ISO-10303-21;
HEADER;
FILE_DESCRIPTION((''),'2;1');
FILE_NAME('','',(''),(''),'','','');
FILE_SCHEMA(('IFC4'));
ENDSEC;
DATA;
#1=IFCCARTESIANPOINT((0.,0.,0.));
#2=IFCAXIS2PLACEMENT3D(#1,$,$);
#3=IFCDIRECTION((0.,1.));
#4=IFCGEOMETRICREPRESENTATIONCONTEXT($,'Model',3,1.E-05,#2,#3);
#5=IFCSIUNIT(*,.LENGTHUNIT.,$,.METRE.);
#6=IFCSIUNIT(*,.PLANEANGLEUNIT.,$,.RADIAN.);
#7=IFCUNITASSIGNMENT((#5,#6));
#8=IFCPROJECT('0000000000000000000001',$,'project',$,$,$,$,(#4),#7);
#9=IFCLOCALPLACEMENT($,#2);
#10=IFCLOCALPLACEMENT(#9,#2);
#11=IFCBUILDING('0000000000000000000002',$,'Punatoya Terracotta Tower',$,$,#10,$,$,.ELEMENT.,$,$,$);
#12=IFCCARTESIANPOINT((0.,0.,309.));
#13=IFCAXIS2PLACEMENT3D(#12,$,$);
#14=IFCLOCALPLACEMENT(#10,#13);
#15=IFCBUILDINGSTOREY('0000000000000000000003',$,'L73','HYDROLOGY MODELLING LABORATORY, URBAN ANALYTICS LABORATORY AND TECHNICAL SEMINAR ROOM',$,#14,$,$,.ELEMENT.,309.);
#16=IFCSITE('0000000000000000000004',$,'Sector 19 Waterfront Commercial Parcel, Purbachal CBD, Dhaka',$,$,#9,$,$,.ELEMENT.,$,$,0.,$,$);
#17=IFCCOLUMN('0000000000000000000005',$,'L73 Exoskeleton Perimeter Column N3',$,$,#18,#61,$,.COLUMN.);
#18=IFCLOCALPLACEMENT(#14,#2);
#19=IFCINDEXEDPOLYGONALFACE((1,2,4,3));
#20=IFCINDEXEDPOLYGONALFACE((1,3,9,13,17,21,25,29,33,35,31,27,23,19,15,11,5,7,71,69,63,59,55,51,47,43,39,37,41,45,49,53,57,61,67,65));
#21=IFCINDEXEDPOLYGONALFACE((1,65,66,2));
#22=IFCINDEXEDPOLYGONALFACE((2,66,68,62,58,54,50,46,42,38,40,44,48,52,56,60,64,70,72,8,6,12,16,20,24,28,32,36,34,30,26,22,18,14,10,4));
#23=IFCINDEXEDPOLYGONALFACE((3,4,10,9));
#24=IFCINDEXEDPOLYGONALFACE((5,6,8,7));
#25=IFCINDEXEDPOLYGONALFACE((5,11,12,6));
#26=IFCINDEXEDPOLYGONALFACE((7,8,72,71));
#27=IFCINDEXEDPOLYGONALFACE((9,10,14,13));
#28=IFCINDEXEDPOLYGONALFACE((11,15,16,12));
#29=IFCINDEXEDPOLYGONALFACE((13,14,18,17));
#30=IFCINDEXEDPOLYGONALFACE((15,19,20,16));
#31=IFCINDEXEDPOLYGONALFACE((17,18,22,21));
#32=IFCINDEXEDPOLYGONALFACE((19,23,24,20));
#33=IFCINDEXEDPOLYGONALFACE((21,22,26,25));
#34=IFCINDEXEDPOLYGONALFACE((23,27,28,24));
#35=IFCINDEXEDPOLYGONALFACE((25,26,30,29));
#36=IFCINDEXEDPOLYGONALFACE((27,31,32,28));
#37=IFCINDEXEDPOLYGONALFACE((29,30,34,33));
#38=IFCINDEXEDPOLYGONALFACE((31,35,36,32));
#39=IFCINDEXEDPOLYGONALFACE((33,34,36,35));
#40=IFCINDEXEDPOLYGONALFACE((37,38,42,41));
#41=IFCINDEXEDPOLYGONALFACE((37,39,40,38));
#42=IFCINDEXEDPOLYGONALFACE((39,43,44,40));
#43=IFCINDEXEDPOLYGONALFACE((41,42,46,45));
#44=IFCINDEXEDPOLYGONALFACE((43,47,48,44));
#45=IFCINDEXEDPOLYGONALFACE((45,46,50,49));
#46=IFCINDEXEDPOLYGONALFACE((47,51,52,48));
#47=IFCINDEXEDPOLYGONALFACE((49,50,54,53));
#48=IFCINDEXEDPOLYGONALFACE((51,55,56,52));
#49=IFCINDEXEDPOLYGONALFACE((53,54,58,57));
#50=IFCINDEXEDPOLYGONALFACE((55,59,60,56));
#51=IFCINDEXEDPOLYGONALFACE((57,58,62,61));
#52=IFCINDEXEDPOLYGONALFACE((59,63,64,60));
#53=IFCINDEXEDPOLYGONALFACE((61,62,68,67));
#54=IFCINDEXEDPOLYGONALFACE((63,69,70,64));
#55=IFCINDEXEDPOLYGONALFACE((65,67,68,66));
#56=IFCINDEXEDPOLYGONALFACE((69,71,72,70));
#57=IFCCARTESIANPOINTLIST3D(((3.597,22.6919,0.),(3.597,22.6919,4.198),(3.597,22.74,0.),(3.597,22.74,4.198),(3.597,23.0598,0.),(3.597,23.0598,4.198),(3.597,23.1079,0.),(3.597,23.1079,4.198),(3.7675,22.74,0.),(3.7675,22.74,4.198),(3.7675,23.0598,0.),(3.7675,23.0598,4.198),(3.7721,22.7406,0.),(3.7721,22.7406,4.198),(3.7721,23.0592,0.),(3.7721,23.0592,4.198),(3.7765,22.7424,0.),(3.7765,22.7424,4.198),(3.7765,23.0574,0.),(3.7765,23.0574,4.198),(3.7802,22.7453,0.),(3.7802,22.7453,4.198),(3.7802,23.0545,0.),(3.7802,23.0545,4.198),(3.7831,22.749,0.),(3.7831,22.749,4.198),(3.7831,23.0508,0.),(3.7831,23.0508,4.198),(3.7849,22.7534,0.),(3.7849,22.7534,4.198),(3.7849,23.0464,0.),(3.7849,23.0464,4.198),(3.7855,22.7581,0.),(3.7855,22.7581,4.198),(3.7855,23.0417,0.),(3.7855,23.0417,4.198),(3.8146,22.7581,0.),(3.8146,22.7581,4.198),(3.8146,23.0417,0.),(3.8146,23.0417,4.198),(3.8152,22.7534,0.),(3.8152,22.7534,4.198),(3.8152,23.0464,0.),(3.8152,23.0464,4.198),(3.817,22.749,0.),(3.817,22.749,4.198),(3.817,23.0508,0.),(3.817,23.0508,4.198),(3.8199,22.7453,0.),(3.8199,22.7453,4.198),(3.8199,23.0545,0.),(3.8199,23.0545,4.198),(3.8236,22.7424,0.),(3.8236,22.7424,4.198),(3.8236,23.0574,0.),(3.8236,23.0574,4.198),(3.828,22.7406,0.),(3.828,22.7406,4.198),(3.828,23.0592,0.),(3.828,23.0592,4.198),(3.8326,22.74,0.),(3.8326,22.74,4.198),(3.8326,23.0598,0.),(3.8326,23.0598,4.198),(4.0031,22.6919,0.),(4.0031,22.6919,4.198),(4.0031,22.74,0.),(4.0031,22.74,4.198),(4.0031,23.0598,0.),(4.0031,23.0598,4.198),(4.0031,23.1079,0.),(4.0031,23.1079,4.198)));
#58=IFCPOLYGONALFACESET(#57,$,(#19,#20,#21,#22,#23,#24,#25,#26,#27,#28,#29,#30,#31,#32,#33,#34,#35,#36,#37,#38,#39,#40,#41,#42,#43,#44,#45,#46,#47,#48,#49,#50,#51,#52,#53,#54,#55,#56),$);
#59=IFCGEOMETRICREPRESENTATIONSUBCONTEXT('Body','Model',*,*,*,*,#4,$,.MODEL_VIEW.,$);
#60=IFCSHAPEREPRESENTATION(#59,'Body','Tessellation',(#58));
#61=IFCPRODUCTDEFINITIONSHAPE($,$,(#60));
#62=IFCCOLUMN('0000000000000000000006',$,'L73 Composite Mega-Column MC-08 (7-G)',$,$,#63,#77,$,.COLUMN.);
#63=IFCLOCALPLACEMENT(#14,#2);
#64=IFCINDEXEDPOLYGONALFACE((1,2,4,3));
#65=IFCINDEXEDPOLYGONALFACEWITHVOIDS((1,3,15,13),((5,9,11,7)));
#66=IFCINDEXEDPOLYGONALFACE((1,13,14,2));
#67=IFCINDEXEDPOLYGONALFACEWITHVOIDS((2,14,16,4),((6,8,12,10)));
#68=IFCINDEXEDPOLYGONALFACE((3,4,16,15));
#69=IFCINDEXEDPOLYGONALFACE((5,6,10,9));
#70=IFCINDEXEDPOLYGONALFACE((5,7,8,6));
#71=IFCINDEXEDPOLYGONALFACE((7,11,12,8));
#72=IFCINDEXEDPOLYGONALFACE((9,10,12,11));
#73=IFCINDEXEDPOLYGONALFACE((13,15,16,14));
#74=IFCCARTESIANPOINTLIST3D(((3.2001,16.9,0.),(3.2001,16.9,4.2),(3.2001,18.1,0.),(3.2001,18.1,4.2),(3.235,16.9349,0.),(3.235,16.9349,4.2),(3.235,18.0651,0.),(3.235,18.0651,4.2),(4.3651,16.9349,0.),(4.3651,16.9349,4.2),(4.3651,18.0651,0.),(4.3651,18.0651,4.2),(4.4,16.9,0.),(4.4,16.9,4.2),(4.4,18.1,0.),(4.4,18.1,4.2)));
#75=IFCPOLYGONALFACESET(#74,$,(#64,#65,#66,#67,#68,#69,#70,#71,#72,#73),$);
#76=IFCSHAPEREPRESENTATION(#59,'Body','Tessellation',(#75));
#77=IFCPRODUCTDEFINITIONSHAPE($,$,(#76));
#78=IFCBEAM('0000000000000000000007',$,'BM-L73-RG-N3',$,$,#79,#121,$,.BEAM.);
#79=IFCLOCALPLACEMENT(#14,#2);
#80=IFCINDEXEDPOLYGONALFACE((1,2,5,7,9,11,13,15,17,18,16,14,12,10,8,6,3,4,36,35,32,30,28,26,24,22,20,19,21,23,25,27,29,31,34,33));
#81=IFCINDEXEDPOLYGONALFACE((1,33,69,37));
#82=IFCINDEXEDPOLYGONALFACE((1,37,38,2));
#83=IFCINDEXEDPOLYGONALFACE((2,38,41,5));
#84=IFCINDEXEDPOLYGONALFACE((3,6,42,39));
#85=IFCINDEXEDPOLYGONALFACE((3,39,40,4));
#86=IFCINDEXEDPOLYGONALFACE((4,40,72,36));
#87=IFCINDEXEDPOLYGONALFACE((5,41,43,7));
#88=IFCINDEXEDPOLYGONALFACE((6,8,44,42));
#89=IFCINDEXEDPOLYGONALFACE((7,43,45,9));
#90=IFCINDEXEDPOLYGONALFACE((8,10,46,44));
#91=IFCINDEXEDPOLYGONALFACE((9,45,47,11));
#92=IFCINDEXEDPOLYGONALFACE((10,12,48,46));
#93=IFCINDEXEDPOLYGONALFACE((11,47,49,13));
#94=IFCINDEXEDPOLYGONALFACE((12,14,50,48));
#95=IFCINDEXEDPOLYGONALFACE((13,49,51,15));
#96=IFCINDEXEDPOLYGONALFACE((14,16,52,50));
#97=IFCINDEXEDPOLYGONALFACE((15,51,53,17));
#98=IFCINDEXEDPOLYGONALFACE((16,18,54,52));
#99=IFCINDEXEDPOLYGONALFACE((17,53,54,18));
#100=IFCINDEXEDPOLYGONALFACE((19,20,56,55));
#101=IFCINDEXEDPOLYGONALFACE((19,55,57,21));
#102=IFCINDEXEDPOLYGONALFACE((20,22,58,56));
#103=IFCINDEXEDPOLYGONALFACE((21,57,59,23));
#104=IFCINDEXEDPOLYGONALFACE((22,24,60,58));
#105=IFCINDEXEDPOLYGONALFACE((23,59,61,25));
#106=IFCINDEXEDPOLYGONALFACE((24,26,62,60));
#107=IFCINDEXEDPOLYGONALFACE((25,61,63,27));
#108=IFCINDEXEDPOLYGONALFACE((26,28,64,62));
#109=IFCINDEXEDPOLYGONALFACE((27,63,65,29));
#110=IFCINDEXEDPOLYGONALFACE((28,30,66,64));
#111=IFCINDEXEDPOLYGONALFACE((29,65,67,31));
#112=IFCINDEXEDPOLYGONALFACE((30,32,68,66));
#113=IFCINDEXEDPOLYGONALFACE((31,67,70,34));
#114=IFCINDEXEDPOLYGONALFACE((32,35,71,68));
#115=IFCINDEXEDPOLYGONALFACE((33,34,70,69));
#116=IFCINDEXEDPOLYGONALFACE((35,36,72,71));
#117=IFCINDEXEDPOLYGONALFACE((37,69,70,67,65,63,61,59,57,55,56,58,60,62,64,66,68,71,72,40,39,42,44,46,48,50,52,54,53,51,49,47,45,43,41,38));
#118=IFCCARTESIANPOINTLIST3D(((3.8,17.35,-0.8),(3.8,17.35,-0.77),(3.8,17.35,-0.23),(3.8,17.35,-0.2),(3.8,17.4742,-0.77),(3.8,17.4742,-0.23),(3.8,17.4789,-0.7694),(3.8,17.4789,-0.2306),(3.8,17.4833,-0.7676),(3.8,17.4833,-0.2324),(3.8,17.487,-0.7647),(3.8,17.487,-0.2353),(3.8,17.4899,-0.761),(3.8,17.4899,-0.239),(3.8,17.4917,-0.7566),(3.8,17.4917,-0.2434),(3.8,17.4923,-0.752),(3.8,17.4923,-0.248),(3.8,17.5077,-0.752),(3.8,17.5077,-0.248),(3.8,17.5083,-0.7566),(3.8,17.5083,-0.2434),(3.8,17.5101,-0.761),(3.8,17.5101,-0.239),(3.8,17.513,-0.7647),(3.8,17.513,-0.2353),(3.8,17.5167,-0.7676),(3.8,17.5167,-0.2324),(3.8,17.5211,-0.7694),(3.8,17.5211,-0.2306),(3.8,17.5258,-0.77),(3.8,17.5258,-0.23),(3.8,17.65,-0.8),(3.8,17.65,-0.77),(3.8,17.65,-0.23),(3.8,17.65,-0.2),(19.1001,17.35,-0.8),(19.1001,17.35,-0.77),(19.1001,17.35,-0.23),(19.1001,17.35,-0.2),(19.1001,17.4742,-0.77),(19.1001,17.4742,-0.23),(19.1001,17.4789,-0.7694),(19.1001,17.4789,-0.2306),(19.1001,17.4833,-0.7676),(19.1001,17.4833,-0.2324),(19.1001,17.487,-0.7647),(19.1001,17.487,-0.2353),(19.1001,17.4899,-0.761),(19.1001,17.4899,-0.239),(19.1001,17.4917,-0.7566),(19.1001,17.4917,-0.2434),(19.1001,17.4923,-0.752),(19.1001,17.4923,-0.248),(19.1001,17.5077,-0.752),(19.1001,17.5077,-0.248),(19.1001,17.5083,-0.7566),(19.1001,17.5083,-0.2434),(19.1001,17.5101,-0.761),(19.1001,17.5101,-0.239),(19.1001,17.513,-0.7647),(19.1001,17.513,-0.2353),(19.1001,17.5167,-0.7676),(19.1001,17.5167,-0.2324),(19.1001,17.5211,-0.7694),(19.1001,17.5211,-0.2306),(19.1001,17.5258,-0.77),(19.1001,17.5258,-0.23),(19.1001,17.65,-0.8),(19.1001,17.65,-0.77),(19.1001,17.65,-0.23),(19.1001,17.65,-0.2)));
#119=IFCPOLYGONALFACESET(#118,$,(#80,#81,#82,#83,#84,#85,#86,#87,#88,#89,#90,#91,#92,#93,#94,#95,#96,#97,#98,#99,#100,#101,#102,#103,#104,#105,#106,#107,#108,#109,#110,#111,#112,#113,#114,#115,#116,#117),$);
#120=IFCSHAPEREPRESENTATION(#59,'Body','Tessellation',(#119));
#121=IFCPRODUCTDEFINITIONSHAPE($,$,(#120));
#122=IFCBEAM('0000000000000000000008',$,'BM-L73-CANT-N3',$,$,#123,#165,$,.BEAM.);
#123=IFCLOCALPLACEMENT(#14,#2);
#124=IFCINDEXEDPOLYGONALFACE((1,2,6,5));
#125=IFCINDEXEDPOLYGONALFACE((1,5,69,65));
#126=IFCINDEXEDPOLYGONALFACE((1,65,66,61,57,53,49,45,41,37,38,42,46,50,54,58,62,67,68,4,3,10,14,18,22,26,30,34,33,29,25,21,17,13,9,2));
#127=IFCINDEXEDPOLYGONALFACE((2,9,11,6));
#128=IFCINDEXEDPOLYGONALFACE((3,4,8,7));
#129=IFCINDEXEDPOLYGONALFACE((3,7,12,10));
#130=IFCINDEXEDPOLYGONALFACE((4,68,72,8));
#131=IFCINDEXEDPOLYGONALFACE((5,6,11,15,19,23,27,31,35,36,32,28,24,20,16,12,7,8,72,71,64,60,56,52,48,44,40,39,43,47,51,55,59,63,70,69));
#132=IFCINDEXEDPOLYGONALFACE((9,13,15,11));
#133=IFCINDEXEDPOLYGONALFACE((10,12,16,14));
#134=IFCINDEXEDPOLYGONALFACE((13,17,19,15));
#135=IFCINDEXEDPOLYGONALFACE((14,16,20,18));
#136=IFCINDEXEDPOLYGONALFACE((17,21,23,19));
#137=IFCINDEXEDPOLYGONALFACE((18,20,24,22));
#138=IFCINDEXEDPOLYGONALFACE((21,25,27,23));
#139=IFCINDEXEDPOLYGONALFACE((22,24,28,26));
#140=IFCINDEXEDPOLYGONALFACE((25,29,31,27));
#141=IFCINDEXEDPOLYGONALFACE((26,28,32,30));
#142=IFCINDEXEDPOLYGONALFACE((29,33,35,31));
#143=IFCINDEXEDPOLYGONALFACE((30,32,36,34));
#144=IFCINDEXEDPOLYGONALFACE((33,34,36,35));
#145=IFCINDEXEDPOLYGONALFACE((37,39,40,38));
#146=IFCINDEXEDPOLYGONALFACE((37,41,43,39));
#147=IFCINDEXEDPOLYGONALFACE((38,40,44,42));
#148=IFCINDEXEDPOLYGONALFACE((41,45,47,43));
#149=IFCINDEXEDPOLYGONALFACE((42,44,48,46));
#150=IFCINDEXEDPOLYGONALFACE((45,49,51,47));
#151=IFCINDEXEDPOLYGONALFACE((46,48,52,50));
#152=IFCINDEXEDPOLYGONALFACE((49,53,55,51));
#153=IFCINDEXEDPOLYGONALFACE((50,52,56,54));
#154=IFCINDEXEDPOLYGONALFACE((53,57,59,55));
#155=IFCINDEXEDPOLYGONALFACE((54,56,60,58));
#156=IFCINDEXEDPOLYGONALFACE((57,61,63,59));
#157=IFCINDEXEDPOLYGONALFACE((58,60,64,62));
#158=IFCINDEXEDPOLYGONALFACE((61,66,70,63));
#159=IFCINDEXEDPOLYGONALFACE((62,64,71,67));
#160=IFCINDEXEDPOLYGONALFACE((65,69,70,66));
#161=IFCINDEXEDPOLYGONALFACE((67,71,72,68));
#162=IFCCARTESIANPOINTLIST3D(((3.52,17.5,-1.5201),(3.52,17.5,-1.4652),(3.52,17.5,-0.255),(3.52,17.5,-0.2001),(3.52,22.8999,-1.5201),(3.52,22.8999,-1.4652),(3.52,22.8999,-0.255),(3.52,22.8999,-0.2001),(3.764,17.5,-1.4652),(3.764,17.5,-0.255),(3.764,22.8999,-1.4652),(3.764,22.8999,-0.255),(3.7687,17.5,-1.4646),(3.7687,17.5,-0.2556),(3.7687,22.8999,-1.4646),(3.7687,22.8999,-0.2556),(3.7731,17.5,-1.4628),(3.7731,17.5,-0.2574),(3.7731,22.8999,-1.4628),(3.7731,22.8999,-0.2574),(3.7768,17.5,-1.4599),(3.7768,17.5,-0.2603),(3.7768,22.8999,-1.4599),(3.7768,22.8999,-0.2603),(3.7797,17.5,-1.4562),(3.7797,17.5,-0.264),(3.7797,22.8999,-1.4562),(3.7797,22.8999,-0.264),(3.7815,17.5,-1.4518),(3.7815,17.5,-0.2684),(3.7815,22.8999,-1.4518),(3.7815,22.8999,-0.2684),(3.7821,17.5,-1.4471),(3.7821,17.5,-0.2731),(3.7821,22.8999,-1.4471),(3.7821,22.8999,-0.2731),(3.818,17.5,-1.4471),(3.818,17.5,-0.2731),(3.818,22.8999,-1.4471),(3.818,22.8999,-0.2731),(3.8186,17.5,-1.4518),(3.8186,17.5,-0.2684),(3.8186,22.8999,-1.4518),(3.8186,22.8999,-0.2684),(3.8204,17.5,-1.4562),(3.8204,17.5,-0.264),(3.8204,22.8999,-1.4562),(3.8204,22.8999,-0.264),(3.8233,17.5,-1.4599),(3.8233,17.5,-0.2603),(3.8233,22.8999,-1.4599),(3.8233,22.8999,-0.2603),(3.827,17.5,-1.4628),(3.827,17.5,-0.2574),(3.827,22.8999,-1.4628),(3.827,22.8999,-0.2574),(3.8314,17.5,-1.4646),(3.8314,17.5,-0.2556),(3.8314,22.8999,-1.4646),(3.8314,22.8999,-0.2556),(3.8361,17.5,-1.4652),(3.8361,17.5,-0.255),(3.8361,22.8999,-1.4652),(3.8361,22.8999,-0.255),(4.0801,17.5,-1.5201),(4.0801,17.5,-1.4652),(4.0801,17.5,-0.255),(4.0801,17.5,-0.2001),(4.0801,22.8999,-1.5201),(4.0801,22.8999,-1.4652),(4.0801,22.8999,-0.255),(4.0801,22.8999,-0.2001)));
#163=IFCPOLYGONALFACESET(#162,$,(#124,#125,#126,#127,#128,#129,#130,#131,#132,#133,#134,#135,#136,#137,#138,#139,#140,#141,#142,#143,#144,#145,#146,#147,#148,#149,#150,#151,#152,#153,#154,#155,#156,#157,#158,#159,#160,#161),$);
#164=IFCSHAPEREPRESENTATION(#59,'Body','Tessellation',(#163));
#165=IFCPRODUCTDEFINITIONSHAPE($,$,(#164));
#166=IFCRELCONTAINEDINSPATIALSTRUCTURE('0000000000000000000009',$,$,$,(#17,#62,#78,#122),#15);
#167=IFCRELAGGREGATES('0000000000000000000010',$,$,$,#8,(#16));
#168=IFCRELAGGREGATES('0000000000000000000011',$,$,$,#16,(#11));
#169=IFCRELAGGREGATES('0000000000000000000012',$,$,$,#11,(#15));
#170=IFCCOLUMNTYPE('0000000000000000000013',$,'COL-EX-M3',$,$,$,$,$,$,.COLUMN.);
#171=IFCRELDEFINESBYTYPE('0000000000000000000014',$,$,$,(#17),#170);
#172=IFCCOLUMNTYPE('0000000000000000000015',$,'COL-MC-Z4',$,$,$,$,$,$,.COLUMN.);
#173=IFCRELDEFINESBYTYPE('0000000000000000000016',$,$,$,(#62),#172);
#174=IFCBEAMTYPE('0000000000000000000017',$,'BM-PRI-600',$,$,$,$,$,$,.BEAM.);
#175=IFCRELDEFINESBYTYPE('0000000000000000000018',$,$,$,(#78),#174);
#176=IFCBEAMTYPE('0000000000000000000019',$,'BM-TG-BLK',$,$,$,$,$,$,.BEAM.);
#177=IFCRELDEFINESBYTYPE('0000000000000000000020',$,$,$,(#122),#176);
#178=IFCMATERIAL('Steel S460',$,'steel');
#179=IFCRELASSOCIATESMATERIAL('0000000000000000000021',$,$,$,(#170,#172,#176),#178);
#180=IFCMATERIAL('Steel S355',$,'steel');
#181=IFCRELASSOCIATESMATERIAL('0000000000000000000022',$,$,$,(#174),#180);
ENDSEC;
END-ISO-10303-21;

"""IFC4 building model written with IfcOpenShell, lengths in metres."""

from ifc_helpers import new_model, si_unit, direction, frame, origin, origin_2d, place, context, subcontext, project, spatial, hollow_rectangle, i_section, extrude, material, material_profile, profile_set, type_object, element, save


model = new_model("IFC4")

# Units and contexts
model_context = context("Model", 3, precision=1e-05, world=origin(), true_north=direction((0.0, 1.0)))
body_context = subcontext(model_context, "Body", "Model", "MODEL_VIEW")
ifc_project = project(units=[si_unit("LENGTHUNIT", "METRE"), si_unit("PLANEANGLEUNIT", "RADIAN")], contexts=[model_context])

# Site, building, storey
site_placement = place(None, origin())
site = spatial("IfcSite", under=ifc_project, at=site_placement, Name="Sector 19 Waterfront Commercial Parcel, Purbachal CBD, Dhaka", CompositionType="ELEMENT", RefElevation=0.0)
building_placement = place(site_placement, origin())
building = spatial("IfcBuilding", under=site, at=building_placement, Name="Punatoya Terracotta Tower", CompositionType="ELEMENT")
storey_placement = place(building_placement, frame((0.0, 0.0, 309.0)))
storey = spatial("IfcBuildingStorey", under=building, at=storey_placement, Name="L73", Description="HYDROLOGY MODELLING LABORATORY, URBAN ANALYTICS LABORATORY AND TECHNICAL SEMINAR ROOM", CompositionType="ELEMENT", Elevation=309.0)

# Columns
ifc_material_1 = material(Name="Steel S460", Category="steel")
ifc_material_profile_1 = material_profile(ifc_material_1, i_section(OverallWidth=0.406, OverallDepth=0.416, WebThickness=0.0291, FlangeThickness=0.0481, FilletRadius=0.0181, at=origin_2d()))
ifc_profile_set_1 = profile_set([ifc_material_profile_1], Name="Steel S460")
column_type_1 = type_object("IfcColumnType", Name="COL-EX-M3", PredefinedType="COLUMN", material=ifc_profile_set_1)
column_1_placement = place(storey_placement, frame((3.8, 22.8999, 0.0), z_axis=(0.0, 0.0, 1.0), x_axis=(1.0, 0.0, 0.0)))
element("IfcColumn", 1, at=column_1_placement, inside=storey, type_object=column_type_1, Name="L73 Exoskeleton Perimeter Column N3", PredefinedType="COLUMN", context=body_context, shape_type="SweptSolid", body=[
    extrude(i_section(OverallWidth=0.406, OverallDepth=0.416, WebThickness=0.0291, FlangeThickness=0.0481, FilletRadius=0.0181, at=origin_2d()), origin(), (0.0, 0.0, 1.0), 4.198),
])
ifc_material_profile_2 = material_profile(ifc_material_1, hollow_rectangle(XDim=1.2, YDim=1.2, WallThickness=0.0349, at=origin_2d()))
ifc_profile_set_2 = profile_set([ifc_material_profile_2], Name="Steel S460")
column_type_2 = type_object("IfcColumnType", Name="COL-MC-Z4", PredefinedType="COLUMN", material=ifc_profile_set_2)
column_2_placement = place(storey_placement, frame((3.8, 17.5, 0.0), z_axis=(0.0, 0.0, 1.0), x_axis=(1.0, 0.0, 0.0)))
element("IfcColumn", 2, at=column_2_placement, inside=storey, type_object=column_type_2, Name="L73 Composite Mega-Column MC-08 (7-G)", PredefinedType="COLUMN", context=body_context, shape_type="SweptSolid", body=[
    extrude(hollow_rectangle(XDim=1.2, YDim=1.2, WallThickness=0.0349, at=origin_2d()), origin(), (0.0, 0.0, 1.0), 4.2),
])

# Beams
ifc_material_2 = material(Name="Steel S355", Category="steel")
ifc_material_profile_3 = material_profile(ifc_material_2, i_section(OverallWidth=0.3, OverallDepth=0.6001, WebThickness=0.0154, FlangeThickness=0.03, FilletRadius=0.0181, at=origin_2d()))
ifc_profile_set_3 = profile_set([ifc_material_profile_3], Name="Steel S355")
beam_type_1 = type_object("IfcBeamType", Name="BM-PRI-600", PredefinedType="BEAM", material=ifc_profile_set_3)
beam_1_placement = place(storey_placement, frame((3.8, 17.5, -0.5), z_axis=(1.0, 0.0, 0.0), x_axis=(0.0, 1.0, 0.0)))
element("IfcBeam", 3, at=beam_1_placement, inside=storey, type_object=beam_type_1, Name="BM-L73-RG-N3", PredefinedType="BEAM", context=body_context, shape_type="SweptSolid", body=[
    extrude(i_section(OverallWidth=0.3, OverallDepth=0.6001, WebThickness=0.0154, FlangeThickness=0.03, FilletRadius=0.0181, at=origin_2d()), origin(), (0.0, 0.0, 1.0), 15.3),
])
ifc_material_profile_4 = material_profile(ifc_material_1, i_section(OverallWidth=0.5601, OverallDepth=1.3201, WebThickness=0.0359, FlangeThickness=0.0549, FilletRadius=0.0181, at=origin_2d()))
ifc_profile_set_4 = profile_set([ifc_material_profile_4], Name="Steel S460")
beam_type_2 = type_object("IfcBeamType", Name="BM-TG-BLK", PredefinedType="BEAM", material=ifc_profile_set_4)
beam_2_placement = place(storey_placement, frame((3.8, 17.5, -0.8601), z_axis=(0.0, 1.0, 0.0), x_axis=(-1.0, 0.0, 0.0)))
element("IfcBeam", 4, at=beam_2_placement, inside=storey, type_object=beam_type_2, Name="BM-L73-CANT-N3", PredefinedType="BEAM", context=body_context, shape_type="SweptSolid", body=[
    extrude(i_section(OverallWidth=0.5601, OverallDepth=1.3201, WebThickness=0.0359, FlangeThickness=0.0549, FilletRadius=0.0181, at=origin_2d()), origin(), (0.0, 0.0, 1.0), 5.3999),
])

save(model, "model.ifc")
